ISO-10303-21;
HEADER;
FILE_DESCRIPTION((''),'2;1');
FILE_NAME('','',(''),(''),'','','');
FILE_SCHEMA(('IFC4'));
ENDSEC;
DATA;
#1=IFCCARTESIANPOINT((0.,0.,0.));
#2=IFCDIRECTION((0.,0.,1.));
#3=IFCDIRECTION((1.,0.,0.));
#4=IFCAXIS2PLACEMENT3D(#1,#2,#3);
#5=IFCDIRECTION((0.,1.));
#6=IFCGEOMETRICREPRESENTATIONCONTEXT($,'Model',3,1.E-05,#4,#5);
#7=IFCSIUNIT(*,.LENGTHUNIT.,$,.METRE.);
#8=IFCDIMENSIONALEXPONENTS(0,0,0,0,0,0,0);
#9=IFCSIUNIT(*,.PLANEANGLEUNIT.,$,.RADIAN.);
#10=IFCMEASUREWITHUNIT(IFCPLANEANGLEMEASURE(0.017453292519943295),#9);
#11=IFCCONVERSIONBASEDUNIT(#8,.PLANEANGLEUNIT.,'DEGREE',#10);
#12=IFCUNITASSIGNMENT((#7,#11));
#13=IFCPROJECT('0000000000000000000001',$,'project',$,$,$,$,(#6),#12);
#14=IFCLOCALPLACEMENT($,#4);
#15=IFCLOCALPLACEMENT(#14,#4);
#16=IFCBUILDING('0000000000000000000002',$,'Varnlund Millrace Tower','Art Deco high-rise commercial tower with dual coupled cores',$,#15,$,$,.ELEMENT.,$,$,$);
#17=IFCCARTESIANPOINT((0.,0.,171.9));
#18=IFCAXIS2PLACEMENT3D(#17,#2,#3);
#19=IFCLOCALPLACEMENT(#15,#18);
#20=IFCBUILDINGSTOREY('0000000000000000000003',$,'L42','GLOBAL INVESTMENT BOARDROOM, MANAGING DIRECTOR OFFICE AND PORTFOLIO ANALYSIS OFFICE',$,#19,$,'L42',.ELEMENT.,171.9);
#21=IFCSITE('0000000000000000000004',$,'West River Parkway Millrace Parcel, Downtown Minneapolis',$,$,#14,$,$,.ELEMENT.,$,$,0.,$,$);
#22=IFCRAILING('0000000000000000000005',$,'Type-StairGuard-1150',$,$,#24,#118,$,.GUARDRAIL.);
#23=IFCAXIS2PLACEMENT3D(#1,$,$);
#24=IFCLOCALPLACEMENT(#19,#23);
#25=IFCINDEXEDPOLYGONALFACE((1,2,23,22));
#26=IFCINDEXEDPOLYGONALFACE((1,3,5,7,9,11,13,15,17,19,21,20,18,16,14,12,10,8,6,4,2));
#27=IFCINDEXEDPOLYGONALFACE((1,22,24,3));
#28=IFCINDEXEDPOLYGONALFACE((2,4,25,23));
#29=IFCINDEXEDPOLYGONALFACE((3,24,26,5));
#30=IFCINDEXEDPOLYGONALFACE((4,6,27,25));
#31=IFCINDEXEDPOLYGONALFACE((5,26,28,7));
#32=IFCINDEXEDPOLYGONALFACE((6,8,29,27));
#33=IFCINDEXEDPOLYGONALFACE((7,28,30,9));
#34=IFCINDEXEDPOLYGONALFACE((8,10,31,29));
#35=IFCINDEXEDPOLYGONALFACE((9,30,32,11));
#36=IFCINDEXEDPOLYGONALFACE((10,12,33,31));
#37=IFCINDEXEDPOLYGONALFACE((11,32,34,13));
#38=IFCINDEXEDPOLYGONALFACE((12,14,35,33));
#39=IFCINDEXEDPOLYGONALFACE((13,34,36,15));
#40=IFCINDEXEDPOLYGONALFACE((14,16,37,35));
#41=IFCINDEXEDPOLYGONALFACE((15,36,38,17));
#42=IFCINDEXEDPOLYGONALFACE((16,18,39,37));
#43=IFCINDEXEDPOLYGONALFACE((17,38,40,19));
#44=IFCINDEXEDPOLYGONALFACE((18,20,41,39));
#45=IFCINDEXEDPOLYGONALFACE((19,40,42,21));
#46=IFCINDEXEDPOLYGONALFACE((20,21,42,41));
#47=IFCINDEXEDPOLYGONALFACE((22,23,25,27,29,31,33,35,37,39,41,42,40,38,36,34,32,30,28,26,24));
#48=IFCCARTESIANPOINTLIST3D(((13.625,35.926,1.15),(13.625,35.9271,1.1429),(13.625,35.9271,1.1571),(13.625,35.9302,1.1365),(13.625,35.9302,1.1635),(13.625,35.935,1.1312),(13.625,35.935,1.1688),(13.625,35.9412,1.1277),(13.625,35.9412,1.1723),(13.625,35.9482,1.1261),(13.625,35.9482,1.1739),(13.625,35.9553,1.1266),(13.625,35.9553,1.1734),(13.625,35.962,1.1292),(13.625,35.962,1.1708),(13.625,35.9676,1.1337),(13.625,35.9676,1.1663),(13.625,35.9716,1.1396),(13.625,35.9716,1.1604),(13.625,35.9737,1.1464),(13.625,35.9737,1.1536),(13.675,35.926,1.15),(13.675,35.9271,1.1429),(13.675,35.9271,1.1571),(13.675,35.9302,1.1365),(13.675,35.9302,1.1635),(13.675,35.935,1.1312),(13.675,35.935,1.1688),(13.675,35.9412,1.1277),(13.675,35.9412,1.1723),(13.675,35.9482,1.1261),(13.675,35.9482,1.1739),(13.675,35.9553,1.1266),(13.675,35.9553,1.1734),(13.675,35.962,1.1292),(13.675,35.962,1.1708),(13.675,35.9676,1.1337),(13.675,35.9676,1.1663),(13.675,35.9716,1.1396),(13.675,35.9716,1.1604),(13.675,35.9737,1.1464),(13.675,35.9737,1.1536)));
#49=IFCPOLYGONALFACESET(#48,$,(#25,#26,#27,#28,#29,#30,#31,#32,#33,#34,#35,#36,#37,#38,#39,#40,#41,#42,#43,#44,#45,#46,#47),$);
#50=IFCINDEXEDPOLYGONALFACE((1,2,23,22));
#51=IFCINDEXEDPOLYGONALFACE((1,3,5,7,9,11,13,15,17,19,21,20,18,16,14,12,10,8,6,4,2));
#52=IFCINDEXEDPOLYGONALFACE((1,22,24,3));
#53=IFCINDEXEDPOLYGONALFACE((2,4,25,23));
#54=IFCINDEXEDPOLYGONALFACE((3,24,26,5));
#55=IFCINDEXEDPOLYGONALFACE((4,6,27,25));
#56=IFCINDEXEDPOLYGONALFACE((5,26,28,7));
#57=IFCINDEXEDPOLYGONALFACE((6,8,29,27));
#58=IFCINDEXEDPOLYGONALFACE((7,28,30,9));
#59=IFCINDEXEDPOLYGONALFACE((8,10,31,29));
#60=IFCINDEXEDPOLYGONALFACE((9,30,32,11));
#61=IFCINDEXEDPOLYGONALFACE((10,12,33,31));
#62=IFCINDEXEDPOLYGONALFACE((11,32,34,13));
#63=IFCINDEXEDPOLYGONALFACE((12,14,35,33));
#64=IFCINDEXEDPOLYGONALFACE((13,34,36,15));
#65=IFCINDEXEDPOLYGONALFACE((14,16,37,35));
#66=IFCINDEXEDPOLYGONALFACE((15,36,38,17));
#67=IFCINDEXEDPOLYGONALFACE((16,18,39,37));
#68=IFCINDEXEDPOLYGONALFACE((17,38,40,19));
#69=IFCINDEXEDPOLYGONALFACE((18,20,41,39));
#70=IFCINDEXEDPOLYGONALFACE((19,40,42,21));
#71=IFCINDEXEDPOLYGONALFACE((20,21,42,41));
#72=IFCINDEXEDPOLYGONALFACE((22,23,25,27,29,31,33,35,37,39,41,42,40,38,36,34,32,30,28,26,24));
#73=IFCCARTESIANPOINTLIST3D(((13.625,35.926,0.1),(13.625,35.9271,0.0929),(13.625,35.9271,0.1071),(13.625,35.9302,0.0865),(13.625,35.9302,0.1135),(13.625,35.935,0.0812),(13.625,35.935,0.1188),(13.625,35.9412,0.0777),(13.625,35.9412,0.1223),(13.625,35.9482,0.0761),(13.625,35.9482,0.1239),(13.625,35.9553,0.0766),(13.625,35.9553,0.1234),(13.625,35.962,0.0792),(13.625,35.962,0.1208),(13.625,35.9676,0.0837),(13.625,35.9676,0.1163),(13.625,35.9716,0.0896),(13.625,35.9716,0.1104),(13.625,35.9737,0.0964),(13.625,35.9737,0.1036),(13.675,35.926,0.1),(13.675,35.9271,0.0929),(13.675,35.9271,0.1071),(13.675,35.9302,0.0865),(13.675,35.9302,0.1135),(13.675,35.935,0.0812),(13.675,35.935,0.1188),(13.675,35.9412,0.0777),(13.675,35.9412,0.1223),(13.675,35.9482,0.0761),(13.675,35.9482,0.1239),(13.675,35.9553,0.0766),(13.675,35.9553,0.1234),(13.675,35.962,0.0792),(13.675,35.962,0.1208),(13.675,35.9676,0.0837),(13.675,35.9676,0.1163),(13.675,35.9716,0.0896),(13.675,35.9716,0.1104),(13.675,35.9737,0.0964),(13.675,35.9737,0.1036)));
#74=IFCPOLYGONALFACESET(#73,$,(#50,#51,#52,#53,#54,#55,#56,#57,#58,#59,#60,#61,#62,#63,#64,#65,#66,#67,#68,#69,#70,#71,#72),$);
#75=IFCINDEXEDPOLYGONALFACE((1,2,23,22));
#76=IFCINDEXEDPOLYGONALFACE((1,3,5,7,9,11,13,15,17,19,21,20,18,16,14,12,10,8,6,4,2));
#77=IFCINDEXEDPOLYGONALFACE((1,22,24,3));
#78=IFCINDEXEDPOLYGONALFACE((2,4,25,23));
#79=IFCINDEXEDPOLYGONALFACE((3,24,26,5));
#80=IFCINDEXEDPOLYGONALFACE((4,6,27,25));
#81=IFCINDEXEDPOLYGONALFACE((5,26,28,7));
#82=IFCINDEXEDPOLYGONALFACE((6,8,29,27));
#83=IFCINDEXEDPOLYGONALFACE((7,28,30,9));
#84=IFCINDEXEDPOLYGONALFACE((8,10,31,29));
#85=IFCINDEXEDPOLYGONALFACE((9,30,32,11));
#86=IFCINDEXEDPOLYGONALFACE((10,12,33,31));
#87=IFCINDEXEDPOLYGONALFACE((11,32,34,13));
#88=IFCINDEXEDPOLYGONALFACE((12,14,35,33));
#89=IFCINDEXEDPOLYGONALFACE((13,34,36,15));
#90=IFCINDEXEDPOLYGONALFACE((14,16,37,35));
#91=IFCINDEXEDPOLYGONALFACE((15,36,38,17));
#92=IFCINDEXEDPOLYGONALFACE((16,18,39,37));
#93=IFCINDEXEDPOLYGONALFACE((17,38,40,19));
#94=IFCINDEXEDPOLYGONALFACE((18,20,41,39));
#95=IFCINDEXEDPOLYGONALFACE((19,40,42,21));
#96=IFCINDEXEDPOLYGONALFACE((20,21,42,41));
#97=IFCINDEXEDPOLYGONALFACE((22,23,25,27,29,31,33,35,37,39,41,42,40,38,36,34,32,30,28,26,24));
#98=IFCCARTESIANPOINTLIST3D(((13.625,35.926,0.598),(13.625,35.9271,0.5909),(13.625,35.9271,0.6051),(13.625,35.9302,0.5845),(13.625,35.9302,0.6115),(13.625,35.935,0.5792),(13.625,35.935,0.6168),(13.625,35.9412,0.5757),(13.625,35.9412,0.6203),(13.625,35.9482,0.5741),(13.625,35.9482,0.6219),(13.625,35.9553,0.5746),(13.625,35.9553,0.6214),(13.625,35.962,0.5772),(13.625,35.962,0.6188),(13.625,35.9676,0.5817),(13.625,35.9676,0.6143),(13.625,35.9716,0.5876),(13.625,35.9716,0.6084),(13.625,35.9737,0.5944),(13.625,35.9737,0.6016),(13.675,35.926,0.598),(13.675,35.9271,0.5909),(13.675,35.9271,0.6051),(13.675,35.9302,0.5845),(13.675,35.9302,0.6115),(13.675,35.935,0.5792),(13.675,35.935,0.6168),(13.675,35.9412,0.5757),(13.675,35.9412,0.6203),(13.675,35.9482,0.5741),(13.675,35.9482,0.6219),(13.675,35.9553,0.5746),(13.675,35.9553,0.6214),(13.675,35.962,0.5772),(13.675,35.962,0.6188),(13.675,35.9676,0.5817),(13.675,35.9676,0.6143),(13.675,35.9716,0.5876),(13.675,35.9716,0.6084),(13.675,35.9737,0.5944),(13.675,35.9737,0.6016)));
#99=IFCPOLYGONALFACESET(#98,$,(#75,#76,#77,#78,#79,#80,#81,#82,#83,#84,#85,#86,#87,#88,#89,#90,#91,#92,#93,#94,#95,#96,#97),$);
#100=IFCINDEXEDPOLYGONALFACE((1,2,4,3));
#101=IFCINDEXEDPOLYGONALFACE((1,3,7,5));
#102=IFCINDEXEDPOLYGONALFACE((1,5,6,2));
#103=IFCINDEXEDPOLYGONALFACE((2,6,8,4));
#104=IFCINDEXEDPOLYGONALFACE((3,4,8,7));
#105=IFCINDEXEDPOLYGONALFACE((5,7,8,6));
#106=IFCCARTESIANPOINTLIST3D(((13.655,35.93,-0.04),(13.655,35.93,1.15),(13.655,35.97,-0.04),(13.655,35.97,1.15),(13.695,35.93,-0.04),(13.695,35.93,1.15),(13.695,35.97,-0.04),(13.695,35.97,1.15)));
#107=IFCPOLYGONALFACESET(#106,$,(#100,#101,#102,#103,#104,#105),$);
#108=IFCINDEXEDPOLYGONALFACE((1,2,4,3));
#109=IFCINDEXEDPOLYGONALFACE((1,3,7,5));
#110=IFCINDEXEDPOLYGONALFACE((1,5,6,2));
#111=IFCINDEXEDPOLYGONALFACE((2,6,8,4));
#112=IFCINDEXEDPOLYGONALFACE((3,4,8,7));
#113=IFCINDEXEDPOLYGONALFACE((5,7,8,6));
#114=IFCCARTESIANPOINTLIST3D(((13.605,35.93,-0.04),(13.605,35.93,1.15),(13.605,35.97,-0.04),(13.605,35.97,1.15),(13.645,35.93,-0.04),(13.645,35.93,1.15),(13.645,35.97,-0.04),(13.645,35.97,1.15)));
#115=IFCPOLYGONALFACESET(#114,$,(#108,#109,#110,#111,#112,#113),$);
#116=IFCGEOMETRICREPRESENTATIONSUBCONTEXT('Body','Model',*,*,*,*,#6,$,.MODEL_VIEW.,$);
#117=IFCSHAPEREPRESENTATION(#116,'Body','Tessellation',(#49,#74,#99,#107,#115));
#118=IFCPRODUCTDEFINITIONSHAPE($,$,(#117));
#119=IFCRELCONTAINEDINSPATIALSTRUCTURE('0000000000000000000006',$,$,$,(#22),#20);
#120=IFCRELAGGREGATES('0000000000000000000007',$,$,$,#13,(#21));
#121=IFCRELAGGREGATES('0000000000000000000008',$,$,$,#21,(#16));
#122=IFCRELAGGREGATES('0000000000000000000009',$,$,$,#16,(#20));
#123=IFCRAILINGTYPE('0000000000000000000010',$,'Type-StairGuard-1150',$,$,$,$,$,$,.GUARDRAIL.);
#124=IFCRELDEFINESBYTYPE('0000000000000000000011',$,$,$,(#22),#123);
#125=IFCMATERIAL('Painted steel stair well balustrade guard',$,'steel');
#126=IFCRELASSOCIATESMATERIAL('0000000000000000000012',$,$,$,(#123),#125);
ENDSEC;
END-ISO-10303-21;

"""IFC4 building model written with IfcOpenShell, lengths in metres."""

from ifc_helpers import new_model, entity, si_unit, converted_unit, direction, frame, origin_with_axes, origin_2d_with_axis, place, context, subcontext, project, spatial, rectangle, circle, extrude, material, type_object, element, save


model = new_model("IFC4")

# Units and contexts
model_context = context("Model", 3, precision=1e-05, world=origin_with_axes(), true_north=direction((0.0, 1.0)))
body_context = subcontext(model_context, "Body", "Model", "MODEL_VIEW")
ifc_project = project(units=[si_unit("LENGTHUNIT", "METRE"), converted_unit("PLANEANGLEUNIT", "DEGREE", entity("IfcPlaneAngleMeasure", 0.017453292519943295), si_unit("PLANEANGLEUNIT", "RADIAN"), dimensions=[0, 0, 0, 0, 0, 0, 0])], contexts=[model_context])

# Site, building, storey
site_placement = place(None, origin_with_axes())
site = spatial("IfcSite", under=ifc_project, at=site_placement, Name="West River Parkway Millrace Parcel, Downtown Minneapolis", CompositionType="ELEMENT", RefElevation=0.0)
building_placement = place(site_placement, origin_with_axes())
building = spatial("IfcBuilding", under=site, at=building_placement, Name="Varnlund Millrace Tower", Description="Art Deco high-rise commercial tower with dual coupled cores", CompositionType="ELEMENT")
storey_placement = place(building_placement, frame((0.0, 0.0, 171.9), z_axis=(0.0, 0.0, 1.0), x_axis=(1.0, 0.0, 0.0)))
storey = spatial("IfcBuildingStorey", under=building, at=storey_placement, Name="L42", Description="GLOBAL INVESTMENT BOARDROOM, MANAGING DIRECTOR OFFICE AND PORTFOLIO ANALYSIS OFFICE", LongName="L42", CompositionType="ELEMENT", Elevation=171.9)

# Railing
ifc_material_1 = material(Name="Painted steel stair well balustrade guard", Category="steel")
railing_type_1 = type_object("IfcRailingType", Name="Type-StairGuard-1150", PredefinedType="GUARDRAIL", material=ifc_material_1)
railing_1_placement = place(storey_placement, frame((0.0, 0.0, -171.9), z_axis=(0.0, 0.0, 1.0), x_axis=(1.0, 0.0, 0.0)))
element("IfcRailing", 1, at=railing_1_placement, inside=storey, type_object=railing_type_1, Name="Type-StairGuard-1150", PredefinedType="GUARDRAIL", context=body_context, shape_type="SweptSolid", body=[
    extrude(circle(Radius=0.024, at=origin_2d_with_axis()), frame((13.675, 35.95, 173.05), z_axis=(-1.0, 0.0, 0.0), x_axis=(0.0, -1.0, 0.0)), (0.0, 0.0, 1.0), 0.05),
    extrude(circle(Radius=0.024, at=origin_2d_with_axis()), frame((13.675, 35.95, 172.0), z_axis=(-1.0, 0.0, 0.0), x_axis=(0.0, -1.0, 0.0)), (0.0, 0.0, 1.0), 0.05),
    extrude(circle(Radius=0.024, at=origin_2d_with_axis()), frame((13.675, 35.95, 172.498), z_axis=(-1.0, 0.0, 0.0), x_axis=(0.0, -1.0, 0.0)), (0.0, 0.0, 1.0), 0.05),
    extrude(rectangle(XDim=0.04, YDim=0.04, at=origin_2d_with_axis()), frame((13.675, 35.95, 171.86), z_axis=(0.0, 0.0, 1.0), x_axis=(1.0, 0.0, 0.0)), (0.0, 0.0, 1.0), 1.19),
    extrude(rectangle(XDim=0.04, YDim=0.04, at=origin_2d_with_axis()), frame((13.625, 35.95, 171.86), z_axis=(0.0, 0.0, 1.0), x_axis=(1.0, 0.0, 0.0)), (0.0, 0.0, 1.0), 1.19),
])

save(model, "model.ifc")
